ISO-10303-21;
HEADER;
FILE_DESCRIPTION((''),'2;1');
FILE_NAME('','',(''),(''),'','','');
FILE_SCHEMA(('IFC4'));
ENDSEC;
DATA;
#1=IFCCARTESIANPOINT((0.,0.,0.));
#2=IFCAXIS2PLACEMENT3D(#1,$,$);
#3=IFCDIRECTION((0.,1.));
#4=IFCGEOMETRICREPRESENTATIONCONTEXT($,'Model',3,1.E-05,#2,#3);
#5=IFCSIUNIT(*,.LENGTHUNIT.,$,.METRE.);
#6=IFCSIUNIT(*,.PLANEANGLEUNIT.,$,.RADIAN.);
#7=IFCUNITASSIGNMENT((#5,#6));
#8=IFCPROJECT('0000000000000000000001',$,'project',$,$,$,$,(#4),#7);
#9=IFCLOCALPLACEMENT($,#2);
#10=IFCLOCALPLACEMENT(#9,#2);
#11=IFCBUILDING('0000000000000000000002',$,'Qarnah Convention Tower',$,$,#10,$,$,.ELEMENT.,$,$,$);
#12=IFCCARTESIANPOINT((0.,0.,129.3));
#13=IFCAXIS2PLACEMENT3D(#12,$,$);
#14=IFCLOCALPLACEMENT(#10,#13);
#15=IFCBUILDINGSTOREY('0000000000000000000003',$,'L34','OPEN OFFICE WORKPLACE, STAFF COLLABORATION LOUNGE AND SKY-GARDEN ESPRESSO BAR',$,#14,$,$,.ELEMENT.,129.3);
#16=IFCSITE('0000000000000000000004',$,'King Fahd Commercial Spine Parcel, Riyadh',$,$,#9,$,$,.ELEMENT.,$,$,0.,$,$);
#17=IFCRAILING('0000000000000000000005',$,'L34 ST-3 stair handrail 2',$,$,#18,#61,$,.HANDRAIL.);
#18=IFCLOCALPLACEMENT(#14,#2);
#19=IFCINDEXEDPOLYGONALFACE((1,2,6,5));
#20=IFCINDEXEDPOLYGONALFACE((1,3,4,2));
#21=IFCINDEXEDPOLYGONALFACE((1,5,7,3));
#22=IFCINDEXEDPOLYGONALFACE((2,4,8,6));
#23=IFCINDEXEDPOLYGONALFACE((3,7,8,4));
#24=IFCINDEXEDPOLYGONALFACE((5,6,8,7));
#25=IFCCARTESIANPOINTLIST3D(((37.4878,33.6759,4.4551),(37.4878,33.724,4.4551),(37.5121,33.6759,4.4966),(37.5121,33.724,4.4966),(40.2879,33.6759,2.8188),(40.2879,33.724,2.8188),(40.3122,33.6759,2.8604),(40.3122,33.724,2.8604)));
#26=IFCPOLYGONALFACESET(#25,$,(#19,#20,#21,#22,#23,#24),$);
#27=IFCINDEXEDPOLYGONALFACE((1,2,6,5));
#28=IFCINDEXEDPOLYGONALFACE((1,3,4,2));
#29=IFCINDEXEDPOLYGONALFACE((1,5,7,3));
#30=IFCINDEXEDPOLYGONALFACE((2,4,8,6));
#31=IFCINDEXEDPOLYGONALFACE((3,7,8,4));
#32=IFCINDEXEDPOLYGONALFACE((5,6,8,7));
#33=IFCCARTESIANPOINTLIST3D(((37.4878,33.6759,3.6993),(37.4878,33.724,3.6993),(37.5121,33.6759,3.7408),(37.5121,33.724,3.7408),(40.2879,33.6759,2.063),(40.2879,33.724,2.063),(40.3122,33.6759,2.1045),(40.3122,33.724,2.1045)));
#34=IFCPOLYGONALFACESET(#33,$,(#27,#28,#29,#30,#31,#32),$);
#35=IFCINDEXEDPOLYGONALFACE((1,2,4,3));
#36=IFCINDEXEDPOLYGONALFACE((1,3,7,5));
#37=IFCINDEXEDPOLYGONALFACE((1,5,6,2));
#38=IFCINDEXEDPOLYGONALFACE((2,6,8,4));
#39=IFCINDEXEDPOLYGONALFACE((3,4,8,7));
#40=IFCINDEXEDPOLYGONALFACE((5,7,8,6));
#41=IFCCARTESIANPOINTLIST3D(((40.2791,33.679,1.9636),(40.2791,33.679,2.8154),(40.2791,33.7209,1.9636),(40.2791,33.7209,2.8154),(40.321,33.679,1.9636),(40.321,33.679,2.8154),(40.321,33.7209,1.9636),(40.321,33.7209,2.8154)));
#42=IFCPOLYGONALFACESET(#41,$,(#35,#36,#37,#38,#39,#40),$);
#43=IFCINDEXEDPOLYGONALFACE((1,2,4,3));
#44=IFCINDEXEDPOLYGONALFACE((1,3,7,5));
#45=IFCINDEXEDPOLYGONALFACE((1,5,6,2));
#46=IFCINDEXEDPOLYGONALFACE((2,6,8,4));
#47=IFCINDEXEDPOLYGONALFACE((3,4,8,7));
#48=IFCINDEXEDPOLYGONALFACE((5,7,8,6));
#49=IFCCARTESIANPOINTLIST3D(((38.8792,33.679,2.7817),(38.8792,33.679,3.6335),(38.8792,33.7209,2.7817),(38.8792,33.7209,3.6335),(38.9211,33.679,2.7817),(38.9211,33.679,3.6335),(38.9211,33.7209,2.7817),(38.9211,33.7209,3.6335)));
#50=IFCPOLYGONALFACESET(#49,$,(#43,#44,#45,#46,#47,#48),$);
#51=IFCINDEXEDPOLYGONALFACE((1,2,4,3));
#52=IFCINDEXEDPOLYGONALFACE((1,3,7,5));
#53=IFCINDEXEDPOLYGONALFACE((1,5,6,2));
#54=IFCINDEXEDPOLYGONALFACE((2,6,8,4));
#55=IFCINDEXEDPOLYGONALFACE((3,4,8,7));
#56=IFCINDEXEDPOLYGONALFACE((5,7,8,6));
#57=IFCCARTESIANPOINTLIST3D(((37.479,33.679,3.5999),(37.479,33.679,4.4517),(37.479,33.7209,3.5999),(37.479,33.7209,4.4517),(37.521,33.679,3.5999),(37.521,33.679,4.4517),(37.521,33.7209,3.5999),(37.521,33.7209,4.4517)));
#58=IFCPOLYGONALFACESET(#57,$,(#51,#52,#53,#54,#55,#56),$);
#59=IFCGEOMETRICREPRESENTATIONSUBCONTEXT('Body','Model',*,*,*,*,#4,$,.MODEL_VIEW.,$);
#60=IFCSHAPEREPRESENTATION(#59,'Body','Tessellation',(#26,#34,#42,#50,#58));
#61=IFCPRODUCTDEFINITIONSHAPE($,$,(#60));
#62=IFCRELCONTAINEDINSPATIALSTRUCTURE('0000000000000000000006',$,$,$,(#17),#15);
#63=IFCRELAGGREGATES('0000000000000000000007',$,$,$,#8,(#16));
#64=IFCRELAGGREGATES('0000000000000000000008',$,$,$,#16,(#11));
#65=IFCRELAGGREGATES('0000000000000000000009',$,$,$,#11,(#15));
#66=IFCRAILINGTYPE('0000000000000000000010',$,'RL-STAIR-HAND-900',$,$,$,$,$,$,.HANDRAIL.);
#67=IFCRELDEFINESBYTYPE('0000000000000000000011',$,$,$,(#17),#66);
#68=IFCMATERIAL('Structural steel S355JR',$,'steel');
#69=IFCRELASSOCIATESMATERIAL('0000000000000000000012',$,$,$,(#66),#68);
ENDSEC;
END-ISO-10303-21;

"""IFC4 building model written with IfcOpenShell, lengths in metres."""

from ifc_helpers import new_model, si_unit, direction, frame, origin, origin_2d, place, context, subcontext, project, spatial, rectangle, extrude, material, type_object, element, save


model = new_model("IFC4")

# Units and contexts
model_context = context("Model", 3, precision=1e-05, world=origin(), true_north=direction((0.0, 1.0)))
body_context = subcontext(model_context, "Body", "Model", "MODEL_VIEW")
ifc_project = project(units=[si_unit("LENGTHUNIT", "METRE"), si_unit("PLANEANGLEUNIT", "RADIAN")], contexts=[model_context])

# Site, building, storey
site_placement = place(None, origin())
site = spatial("IfcSite", under=ifc_project, at=site_placement, Name="King Fahd Commercial Spine Parcel, Riyadh", CompositionType="ELEMENT", RefElevation=0.0)
building_placement = place(site_placement, origin())
building = spatial("IfcBuilding", under=site, at=building_placement, Name="Qarnah Convention Tower", CompositionType="ELEMENT")
storey_placement = place(building_placement, frame((0.0, 0.0, 129.3)))
storey = spatial("IfcBuildingStorey", under=building, at=storey_placement, Name="L34", Description="OPEN OFFICE WORKPLACE, STAFF COLLABORATION LOUNGE AND SKY-GARDEN ESPRESSO BAR", CompositionType="ELEMENT", Elevation=129.3)

# Shared definitions
ifc_material_1 = material(Name="Structural steel S355JR", Category="steel")

# Railing
railing_type_1 = type_object("IfcRailingType", Name="RL-STAIR-HAND-900", PredefinedType="HANDRAIL", material=ifc_material_1)
railing_1_placement = place(storey_placement, frame((40.3, 33.7, 1.9636)))
element("IfcRailing", 1, at=railing_1_placement, inside=storey, type_object=railing_type_1, Name="L34 ST-3 stair handrail 2", PredefinedType="HANDRAIL", context=body_context, shape_type="SweptSolid", body=[
    extrude(rectangle(XDim=0.0481, YDim=0.0481, at=origin_2d()), frame((0.0, 0.0, 0.876), z_axis=(-0.863394, 0.0, 0.504531), x_axis=(0.0, -1.0, 0.0)), (0.0, 0.0, 1.0), 3.2432),
    extrude(rectangle(XDim=0.0481, YDim=0.0481, at=origin_2d()), frame((0.0, 0.0, 0.1201), z_axis=(-0.863394, 0.0, 0.504531), x_axis=(0.0, -1.0, 0.0)), (0.0, 0.0, 1.0), 3.2432),
    extrude(rectangle(XDim=0.042, YDim=0.042, at=origin_2d()), origin(), (0.0, 0.0, 1.0), 0.8518),
    extrude(rectangle(XDim=0.042, YDim=0.042, at=origin_2d()), frame((-1.3999, 0.0, 0.8181)), (0.0, 0.0, 1.0), 0.8518),
    extrude(rectangle(XDim=0.042, YDim=0.042, at=origin_2d()), frame((-2.8, 0.0, 1.6362)), (0.0, 0.0, 1.0), 0.8518),
])

save(model, "model.ifc")
